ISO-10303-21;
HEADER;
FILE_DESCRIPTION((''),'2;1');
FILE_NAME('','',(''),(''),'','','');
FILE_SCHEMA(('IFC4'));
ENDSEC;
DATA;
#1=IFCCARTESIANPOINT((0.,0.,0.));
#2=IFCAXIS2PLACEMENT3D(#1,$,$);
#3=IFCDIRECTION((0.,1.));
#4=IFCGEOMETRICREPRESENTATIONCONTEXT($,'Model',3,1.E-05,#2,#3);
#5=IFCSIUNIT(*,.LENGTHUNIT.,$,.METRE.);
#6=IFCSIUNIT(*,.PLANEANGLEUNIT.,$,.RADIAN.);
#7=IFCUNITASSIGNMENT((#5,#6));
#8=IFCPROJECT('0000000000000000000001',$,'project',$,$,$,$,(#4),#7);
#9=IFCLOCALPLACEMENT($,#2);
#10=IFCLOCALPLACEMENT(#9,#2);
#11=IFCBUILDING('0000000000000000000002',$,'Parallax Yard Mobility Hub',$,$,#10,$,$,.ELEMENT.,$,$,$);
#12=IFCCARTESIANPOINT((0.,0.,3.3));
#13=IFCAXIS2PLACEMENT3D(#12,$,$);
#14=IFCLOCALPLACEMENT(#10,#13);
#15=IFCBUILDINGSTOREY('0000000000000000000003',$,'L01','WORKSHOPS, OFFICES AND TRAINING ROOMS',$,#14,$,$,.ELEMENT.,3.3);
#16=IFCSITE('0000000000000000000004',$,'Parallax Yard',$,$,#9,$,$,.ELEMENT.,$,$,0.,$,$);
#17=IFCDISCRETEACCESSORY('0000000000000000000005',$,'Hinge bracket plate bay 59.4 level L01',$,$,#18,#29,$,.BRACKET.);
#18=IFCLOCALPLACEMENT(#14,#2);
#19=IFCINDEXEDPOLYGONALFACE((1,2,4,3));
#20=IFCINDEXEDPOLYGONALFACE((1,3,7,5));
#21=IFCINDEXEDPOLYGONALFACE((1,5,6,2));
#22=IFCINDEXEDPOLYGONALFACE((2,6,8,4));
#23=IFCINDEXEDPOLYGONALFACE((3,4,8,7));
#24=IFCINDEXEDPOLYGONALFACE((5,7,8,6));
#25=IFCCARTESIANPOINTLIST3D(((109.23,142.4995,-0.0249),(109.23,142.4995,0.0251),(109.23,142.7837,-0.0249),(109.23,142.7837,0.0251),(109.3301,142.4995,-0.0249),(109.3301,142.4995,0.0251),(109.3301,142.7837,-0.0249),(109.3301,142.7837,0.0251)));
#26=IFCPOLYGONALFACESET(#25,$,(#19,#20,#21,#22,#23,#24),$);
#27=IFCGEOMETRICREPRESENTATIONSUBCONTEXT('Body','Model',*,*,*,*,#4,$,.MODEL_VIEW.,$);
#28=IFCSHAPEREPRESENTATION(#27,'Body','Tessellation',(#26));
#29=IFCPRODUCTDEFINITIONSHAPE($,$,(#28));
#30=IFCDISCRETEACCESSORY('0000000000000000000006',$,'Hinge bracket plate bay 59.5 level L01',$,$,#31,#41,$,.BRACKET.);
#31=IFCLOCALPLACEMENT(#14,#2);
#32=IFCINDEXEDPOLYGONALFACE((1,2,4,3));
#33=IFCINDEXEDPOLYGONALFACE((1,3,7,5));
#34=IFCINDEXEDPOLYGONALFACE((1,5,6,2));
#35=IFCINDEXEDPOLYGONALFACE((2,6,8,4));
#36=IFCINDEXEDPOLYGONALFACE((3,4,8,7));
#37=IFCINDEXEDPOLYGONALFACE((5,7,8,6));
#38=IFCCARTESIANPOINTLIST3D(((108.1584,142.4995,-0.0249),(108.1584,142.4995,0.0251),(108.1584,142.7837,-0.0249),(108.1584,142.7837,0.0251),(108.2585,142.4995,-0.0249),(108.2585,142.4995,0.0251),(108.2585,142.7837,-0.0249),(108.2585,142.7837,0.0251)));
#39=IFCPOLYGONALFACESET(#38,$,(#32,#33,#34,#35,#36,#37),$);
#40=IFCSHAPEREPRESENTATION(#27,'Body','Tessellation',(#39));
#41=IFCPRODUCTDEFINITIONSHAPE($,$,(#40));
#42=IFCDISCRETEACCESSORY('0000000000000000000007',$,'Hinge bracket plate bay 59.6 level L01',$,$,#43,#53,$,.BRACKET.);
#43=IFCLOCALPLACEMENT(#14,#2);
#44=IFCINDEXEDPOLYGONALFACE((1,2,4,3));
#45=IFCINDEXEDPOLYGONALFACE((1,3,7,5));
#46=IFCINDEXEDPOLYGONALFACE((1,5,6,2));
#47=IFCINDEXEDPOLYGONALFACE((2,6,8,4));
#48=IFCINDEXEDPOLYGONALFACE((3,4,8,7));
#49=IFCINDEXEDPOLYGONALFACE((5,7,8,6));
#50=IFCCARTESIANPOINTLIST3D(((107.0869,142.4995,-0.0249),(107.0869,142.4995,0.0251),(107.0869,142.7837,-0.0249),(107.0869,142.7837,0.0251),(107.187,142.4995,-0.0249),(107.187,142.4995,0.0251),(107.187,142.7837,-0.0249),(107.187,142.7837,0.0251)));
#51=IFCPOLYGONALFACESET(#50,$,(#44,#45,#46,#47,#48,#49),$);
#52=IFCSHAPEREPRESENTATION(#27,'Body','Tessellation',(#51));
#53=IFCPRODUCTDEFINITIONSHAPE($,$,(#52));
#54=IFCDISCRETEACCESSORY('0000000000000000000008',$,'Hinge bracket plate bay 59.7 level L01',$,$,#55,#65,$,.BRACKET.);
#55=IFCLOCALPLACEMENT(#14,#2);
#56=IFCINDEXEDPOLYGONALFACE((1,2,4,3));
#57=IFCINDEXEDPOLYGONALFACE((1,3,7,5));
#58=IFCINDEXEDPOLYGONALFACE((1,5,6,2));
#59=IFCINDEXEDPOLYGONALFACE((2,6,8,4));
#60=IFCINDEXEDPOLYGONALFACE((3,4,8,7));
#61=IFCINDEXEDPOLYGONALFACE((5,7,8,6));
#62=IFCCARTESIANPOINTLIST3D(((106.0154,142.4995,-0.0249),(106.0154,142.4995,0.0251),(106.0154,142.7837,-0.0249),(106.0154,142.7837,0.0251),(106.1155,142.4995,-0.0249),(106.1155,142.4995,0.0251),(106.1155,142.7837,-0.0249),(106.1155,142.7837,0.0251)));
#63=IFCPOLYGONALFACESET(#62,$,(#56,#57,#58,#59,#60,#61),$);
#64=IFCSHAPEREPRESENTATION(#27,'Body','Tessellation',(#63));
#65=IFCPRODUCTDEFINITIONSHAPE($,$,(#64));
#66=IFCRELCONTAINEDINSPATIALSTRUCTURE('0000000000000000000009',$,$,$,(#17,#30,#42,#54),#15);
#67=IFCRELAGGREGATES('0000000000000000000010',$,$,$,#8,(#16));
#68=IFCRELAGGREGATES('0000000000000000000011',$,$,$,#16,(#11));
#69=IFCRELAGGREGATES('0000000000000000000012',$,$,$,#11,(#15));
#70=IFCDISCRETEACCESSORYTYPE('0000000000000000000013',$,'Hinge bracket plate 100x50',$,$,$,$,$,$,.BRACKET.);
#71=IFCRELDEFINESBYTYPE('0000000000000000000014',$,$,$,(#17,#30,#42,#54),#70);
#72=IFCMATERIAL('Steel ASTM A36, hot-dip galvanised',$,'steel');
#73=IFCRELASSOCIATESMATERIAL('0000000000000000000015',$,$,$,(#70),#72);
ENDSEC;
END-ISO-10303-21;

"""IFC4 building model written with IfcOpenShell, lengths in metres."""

from ifc_helpers import new_model, si_unit, direction, frame, origin, origin_2d, place, context, subcontext, project, spatial, rectangle, extrude, material, type_object, element, save


model = new_model("IFC4")

# Units and contexts
model_context = context("Model", 3, precision=1e-05, world=origin(), true_north=direction((0.0, 1.0)))
body_context = subcontext(model_context, "Body", "Model", "MODEL_VIEW")
ifc_project = project(units=[si_unit("LENGTHUNIT", "METRE"), si_unit("PLANEANGLEUNIT", "RADIAN")], contexts=[model_context])

# Site, building, storey
site_placement = place(None, origin())
site = spatial("IfcSite", under=ifc_project, at=site_placement, Name="Parallax Yard", CompositionType="ELEMENT", RefElevation=0.0)
building_placement = place(site_placement, origin())
building = spatial("IfcBuilding", under=site, at=building_placement, Name="Parallax Yard Mobility Hub", CompositionType="ELEMENT")
storey_placement = place(building_placement, frame((0.0, 0.0, 3.3)))
storey = spatial("IfcBuildingStorey", under=building, at=storey_placement, Name="L01", Description="WORKSHOPS, OFFICES AND TRAINING ROOMS", CompositionType="ELEMENT", Elevation=3.3)

# Discrete accessories
ifc_material_1 = material(Name="Steel ASTM A36, hot-dip galvanised", Category="steel")
discrete_accessory_type = type_object("IfcDiscreteAccessoryType", Name="Hinge bracket plate 100x50", PredefinedType="BRACKET", material=ifc_material_1)
for number, where, z_axis, x_axis, name in (
    (1, (109.28, 142.6416, -0.0249), (0.0, 0.0, 1.0), (0.0, 1.0, 0.0), "Hinge bracket plate bay 59.4 level L01"),
    (2, (108.2085, 142.6416, -0.0249), (0.0, 0.0, 1.0), (0.0, 1.0, 0.0), "Hinge bracket plate bay 59.5 level L01"),
    (3, (107.137, 142.6416, -0.0249), (0.0, 0.0, 1.0), (0.0, 1.0, 0.0), "Hinge bracket plate bay 59.6 level L01"),
    (4, (106.0654, 142.6416, -0.0249), (0.0, 0.0, 1.0), (0.0, 1.0, 0.0), "Hinge bracket plate bay 59.7 level L01"),
):
    element("IfcDiscreteAccessory", number, at=place(storey_placement, frame(where, z_axis=z_axis, x_axis=x_axis)), inside=storey, type_object=discrete_accessory_type, Name=name, PredefinedType="BRACKET", context=body_context, shape_type="SweptSolid", body=[
        extrude(rectangle(XDim=0.2842, YDim=0.1001, at=origin_2d()), origin(), (0.0, 0.0, 1.0), 0.05),
    ])

save(model, "model.ifc")
